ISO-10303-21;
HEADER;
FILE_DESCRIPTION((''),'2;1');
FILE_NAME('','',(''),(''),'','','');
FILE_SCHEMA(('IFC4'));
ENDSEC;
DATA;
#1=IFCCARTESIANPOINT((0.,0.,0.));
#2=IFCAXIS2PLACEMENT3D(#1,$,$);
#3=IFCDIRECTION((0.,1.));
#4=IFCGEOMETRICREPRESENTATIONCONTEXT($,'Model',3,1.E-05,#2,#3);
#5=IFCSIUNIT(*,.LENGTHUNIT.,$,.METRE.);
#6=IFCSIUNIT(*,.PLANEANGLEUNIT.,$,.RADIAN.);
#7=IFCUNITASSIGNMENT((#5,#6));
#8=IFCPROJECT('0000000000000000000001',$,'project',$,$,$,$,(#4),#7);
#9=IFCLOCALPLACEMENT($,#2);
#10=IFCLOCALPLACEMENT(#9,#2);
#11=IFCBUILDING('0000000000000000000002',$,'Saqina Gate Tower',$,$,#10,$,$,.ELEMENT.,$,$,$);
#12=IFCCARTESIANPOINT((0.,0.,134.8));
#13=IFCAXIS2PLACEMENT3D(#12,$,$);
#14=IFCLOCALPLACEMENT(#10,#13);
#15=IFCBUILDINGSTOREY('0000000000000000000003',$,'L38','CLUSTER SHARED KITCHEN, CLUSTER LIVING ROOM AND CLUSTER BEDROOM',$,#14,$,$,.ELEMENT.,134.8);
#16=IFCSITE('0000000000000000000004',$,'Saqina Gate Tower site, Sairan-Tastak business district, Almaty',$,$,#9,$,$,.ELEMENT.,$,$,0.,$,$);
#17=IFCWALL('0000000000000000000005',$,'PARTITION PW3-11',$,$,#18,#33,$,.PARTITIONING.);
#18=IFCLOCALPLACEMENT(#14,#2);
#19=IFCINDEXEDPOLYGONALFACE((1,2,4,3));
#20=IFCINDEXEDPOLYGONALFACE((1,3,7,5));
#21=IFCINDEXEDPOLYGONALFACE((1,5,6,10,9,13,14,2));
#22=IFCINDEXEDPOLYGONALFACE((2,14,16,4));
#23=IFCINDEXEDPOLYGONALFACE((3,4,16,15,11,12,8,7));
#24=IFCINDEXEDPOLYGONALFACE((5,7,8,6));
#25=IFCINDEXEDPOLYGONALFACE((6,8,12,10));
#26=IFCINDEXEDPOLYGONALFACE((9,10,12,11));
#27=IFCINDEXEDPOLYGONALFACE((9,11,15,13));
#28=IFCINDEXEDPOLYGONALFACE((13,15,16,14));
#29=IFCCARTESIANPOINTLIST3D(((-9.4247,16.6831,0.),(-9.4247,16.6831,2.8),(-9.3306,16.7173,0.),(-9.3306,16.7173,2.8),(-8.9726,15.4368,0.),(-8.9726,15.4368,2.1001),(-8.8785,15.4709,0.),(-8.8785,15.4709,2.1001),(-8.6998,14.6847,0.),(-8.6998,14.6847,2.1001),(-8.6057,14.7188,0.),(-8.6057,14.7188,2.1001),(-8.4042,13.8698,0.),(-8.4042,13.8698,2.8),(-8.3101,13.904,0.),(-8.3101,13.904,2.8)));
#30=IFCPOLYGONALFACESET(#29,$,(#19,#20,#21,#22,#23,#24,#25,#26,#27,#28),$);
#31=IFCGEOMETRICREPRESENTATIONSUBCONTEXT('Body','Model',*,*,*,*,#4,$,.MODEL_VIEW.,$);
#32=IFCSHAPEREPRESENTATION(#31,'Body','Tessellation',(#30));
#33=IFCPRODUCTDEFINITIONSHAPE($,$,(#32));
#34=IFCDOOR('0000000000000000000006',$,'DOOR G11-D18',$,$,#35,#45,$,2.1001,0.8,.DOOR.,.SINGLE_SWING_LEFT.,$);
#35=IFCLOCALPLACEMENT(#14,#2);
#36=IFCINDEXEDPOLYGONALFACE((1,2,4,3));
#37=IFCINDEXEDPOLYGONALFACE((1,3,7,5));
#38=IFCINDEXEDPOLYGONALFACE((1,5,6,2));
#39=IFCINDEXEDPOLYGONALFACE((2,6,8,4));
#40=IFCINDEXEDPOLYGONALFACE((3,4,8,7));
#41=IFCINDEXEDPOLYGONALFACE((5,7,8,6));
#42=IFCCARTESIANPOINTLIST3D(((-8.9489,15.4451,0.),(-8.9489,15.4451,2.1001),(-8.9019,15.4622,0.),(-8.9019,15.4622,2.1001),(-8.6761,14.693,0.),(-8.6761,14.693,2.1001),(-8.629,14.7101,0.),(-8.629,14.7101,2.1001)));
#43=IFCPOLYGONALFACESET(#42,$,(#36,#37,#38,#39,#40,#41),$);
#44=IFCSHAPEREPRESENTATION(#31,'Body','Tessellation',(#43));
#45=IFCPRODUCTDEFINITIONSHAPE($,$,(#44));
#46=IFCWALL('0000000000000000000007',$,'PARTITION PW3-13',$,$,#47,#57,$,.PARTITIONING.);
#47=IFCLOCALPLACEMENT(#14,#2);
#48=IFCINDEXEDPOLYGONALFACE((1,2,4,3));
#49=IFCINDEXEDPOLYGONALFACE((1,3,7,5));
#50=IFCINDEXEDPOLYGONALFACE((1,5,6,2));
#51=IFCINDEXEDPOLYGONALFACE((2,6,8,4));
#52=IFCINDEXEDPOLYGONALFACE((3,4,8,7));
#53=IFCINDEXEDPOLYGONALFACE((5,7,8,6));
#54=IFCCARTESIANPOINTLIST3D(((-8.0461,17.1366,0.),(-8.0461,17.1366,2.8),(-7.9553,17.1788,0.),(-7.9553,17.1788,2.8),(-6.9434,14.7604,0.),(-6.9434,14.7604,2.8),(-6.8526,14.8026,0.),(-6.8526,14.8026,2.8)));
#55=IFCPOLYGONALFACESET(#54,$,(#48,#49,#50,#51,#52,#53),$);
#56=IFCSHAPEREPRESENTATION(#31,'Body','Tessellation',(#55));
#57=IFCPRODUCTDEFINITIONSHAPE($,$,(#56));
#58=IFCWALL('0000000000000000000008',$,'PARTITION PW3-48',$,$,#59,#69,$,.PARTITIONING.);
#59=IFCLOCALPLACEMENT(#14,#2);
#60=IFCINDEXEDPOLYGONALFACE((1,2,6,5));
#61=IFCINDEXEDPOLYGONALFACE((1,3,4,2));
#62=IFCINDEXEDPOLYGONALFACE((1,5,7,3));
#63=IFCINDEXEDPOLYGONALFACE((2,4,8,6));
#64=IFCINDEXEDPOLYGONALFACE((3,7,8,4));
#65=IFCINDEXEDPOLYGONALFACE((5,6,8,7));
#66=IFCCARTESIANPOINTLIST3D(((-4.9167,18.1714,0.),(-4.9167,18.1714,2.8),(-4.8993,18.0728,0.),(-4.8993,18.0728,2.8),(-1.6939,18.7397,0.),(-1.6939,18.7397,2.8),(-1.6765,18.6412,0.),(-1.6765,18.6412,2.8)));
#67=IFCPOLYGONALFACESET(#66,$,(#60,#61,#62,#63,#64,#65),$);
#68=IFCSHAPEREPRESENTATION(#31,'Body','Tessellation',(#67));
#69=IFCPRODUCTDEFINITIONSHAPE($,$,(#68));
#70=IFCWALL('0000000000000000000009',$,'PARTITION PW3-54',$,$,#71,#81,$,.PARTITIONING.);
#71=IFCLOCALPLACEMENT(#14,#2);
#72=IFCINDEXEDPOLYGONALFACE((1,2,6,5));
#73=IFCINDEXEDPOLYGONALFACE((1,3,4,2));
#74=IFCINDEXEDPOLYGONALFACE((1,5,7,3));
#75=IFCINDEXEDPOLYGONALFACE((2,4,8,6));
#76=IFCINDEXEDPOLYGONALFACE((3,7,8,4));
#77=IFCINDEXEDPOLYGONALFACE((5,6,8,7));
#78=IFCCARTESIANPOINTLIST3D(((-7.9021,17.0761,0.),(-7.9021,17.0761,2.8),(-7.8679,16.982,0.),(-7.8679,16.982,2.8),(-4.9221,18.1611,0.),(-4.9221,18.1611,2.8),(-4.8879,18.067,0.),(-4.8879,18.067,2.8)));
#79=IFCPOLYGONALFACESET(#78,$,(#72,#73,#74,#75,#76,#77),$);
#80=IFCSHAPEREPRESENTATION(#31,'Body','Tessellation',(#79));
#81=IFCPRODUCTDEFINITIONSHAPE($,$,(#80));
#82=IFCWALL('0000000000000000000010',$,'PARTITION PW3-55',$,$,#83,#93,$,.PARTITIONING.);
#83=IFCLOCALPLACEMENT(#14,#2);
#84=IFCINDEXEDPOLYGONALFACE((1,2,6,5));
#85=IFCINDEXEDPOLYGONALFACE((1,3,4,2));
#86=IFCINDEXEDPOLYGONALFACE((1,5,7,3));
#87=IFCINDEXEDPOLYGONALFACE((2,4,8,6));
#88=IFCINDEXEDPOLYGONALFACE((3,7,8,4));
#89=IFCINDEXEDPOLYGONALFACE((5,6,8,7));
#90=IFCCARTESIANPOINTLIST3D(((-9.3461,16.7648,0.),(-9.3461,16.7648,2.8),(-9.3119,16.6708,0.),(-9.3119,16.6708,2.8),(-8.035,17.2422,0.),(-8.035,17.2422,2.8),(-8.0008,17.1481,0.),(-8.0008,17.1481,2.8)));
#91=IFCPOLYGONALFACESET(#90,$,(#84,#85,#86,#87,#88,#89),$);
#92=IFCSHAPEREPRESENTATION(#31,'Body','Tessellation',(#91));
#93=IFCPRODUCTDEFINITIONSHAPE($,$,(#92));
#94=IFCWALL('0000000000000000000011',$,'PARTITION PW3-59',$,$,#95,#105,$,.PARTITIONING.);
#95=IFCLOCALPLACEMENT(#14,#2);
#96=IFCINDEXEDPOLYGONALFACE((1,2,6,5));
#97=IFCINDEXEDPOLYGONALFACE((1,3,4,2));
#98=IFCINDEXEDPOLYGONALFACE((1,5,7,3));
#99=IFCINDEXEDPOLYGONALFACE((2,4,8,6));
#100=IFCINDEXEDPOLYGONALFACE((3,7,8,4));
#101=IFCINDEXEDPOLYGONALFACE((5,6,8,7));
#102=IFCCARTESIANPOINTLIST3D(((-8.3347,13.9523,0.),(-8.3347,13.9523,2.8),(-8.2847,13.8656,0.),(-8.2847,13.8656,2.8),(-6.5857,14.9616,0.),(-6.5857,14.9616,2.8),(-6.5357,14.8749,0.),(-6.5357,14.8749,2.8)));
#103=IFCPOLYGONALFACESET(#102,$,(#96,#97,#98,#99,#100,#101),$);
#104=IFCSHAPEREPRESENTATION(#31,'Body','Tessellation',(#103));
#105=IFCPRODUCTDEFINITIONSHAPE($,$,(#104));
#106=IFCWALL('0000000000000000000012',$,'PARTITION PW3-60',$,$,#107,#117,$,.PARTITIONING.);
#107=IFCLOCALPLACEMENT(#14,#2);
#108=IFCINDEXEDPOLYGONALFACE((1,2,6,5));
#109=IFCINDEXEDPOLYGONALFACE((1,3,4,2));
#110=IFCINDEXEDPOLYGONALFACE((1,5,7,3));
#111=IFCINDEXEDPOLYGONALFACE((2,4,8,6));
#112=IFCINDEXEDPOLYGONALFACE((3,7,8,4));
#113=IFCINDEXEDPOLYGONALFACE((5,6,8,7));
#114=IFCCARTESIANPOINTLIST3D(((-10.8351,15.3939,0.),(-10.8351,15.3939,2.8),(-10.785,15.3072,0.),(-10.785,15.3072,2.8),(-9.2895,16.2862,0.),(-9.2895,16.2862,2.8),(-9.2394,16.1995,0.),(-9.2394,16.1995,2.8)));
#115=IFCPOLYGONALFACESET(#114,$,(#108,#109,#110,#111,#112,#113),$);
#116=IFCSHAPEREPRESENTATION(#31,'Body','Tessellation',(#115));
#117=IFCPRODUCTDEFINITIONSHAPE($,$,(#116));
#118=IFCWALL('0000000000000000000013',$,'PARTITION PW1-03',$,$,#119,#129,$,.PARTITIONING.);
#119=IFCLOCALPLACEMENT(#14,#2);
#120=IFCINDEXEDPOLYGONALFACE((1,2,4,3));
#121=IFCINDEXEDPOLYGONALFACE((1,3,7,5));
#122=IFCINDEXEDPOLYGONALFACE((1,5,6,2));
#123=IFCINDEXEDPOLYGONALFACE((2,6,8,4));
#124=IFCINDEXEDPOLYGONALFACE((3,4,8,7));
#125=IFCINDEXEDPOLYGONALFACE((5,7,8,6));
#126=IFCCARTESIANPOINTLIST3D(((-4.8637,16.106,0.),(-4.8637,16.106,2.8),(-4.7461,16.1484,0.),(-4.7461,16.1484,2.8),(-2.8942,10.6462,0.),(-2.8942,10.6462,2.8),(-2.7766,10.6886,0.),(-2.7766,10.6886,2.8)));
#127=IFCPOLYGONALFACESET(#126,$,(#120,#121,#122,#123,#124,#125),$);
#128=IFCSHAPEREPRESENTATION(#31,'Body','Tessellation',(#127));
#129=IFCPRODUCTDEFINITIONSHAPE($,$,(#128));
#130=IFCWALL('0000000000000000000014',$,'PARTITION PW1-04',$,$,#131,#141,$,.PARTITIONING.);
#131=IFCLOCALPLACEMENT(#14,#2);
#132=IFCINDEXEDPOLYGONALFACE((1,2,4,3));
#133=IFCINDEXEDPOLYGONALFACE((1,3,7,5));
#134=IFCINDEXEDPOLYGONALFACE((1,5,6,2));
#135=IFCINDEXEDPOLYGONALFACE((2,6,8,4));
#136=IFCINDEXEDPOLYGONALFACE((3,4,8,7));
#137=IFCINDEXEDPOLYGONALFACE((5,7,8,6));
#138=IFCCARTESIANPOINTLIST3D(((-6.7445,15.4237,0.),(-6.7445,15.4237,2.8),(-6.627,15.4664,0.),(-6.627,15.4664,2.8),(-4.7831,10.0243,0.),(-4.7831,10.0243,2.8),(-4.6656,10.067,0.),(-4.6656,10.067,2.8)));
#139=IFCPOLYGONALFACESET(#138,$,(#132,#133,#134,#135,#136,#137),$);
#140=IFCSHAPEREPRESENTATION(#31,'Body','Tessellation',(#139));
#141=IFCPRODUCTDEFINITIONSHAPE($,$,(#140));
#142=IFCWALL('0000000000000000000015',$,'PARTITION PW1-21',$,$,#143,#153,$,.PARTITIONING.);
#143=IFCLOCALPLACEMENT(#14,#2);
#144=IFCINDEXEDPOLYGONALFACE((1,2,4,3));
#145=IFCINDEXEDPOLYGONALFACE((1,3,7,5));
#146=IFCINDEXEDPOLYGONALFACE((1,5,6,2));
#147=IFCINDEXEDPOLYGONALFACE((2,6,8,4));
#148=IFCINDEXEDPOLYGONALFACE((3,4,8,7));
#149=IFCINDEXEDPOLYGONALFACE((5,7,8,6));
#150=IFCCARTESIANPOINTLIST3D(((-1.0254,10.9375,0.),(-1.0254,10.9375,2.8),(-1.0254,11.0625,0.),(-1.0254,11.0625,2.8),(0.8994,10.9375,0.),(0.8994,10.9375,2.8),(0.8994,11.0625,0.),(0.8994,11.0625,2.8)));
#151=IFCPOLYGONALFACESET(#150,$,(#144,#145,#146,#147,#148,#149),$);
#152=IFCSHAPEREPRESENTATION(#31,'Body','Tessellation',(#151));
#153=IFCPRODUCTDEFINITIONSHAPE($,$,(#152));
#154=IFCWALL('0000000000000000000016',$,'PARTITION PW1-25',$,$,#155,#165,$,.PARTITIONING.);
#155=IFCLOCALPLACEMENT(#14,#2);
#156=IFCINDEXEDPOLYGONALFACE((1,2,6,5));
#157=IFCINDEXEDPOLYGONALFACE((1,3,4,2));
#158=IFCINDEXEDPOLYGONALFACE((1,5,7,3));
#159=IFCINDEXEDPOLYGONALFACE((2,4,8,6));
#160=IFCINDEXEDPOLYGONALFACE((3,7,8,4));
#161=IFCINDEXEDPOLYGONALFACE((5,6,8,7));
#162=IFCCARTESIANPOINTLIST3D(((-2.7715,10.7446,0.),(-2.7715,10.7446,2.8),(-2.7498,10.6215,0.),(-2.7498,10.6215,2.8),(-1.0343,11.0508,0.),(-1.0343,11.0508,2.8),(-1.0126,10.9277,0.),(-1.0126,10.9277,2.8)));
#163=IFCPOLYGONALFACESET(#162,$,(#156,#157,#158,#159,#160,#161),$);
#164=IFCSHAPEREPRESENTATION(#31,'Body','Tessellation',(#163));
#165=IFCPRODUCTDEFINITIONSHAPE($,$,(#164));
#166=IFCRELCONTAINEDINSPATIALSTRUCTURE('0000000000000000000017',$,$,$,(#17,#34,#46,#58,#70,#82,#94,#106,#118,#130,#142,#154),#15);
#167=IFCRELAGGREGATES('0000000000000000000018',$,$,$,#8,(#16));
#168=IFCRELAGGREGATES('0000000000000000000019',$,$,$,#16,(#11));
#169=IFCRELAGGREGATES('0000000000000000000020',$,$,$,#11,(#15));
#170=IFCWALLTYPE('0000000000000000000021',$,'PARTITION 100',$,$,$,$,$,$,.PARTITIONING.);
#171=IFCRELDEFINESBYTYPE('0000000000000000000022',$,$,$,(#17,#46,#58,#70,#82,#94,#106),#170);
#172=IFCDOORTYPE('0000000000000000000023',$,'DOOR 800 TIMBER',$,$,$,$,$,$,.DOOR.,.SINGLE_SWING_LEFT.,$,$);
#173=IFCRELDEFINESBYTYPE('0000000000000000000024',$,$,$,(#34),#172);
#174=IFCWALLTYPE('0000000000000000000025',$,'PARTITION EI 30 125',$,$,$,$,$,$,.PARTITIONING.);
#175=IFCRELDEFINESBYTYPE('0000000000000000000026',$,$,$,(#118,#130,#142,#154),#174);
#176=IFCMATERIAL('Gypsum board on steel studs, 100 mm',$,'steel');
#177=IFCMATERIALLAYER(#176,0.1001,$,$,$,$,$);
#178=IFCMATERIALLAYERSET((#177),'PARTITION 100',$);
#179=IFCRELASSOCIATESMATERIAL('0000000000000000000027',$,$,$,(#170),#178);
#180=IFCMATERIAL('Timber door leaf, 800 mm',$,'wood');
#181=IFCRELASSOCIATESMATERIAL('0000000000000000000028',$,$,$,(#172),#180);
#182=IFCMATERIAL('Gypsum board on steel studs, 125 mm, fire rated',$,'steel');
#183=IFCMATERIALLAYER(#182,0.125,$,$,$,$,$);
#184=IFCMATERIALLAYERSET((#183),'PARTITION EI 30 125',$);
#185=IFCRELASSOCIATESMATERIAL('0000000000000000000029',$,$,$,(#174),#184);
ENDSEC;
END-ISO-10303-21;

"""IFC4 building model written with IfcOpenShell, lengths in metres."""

from ifc_helpers import new_model, si_unit, direction, frame, frame_2d, origin, place, context, subcontext, project, spatial, rectangle, extrude, material, layer, layer_set, type_object, element, fill, save


model = new_model("IFC4")

# Units and contexts
model_context = context("Model", 3, precision=1e-05, world=origin(), true_north=direction((0.0, 1.0)))
body_context = subcontext(model_context, "Body", "Model", "MODEL_VIEW")
ifc_project = project(units=[si_unit("LENGTHUNIT", "METRE"), si_unit("PLANEANGLEUNIT", "RADIAN")], contexts=[model_context])

# Site, building, storey
site_placement = place(None, origin())
site = spatial("IfcSite", under=ifc_project, at=site_placement, Name="Saqina Gate Tower site, Sairan-Tastak business district, Almaty", CompositionType="ELEMENT", RefElevation=0.0)
building_placement = place(site_placement, origin())
building = spatial("IfcBuilding", under=site, at=building_placement, Name="Saqina Gate Tower", CompositionType="ELEMENT")
storey_placement = place(building_placement, frame((0.0, 0.0, 134.8)))
storey = spatial("IfcBuildingStorey", under=building, at=storey_placement, Name="L38", Description="CLUSTER SHARED KITCHEN, CLUSTER LIVING ROOM AND CLUSTER BEDROOM", CompositionType="ELEMENT", Elevation=134.8)

# Wall, opening, door
ifc_material_1 = material(Name="Gypsum board on steel studs, 100 mm", Category="steel")
ifc_layer_1 = layer(ifc_material_1, 0.1001)
ifc_layer_set_1 = layer_set([ifc_layer_1], Name="PARTITION 100")
wall_type_1 = type_object("IfcWallType", Name="PARTITION 100", PredefinedType="PARTITIONING", material=ifc_layer_set_1)
wall_1_placement = place(storey_placement, frame((-9.3777, 16.7002, 0.0), z_axis=(0.0, 0.0, 1.0), x_axis=(0.341009, -0.94006, 0.0)))
wall_1 = element("IfcWall", 1, at=wall_1_placement, inside=storey, type_object=wall_type_1, Name="PARTITION PW3-11", PredefinedType="PARTITIONING", context=body_context, shape_type="SweptSolid", body=[
    extrude(rectangle(XDim=2.9927, YDim=0.1001, at=frame_2d((1.4963, 0.0))), origin(), (0.0, 0.0, 1.0), 2.8),
])
opening_1_placement = place(wall_1_placement, frame((1.3259, 0.0, 0.0)))
opening_1 = element("IfcOpeningElement", 2, at=opening_1_placement, cuts=wall_1, PredefinedType="OPENING", context=body_context, shape_type="SweptSolid", body=[
    extrude(rectangle(XDim=0.8, YDim=2.1001, at=frame_2d((0.3999, 1.05))), frame((0.0, 0.062, 0.0), z_axis=(0.0, -1.0, 0.0), x_axis=(1.0, 0.0, 0.0)), (0.0, 0.0, 1.0), 0.124),
])
ifc_material_2 = material(Name="Timber door leaf, 800 mm", Category="wood")
door_type_1 = type_object("IfcDoorType", Name="DOOR 800 TIMBER", OperationType="SINGLE_SWING_LEFT", PredefinedType="DOOR", material=ifc_material_2)
door_1_placement = place(opening_1_placement, frame((0.8, 0.0, 0.0), z_axis=(0.0, 0.0, 1.0), x_axis=(-1.0, 0.0, 0.0)))
door_1 = element("IfcDoor", 3, at=door_1_placement, inside=storey, type_object=door_type_1, Name="DOOR G11-D18", OperationType="SINGLE_SWING_LEFT", OverallHeight=2.1001, OverallWidth=0.8, PredefinedType="DOOR", context=body_context, shape_type="SweptSolid", body=[
    extrude(rectangle(XDim=0.8, YDim=2.1001, at=frame_2d((0.3999, 1.05))), frame((0.0, 0.0249, 0.0), z_axis=(0.0, -1.0, 0.0), x_axis=(1.0, 0.0, 0.0)), (0.0, 0.0, 1.0), 0.05),
])
fill(opening_1, door_1)

# Walls
wall_2_placement = place(storey_placement, frame((-8.0007, 17.1577, 0.0), z_axis=(0.0, 0.0, 1.0), x_axis=(0.420966, -0.907076, 0.0)))
element("IfcWall", 4, at=wall_2_placement, inside=storey, type_object=wall_type_1, Name="PARTITION PW3-13", PredefinedType="PARTITIONING", context=body_context, shape_type="SweptSolid", body=[
    extrude(rectangle(XDim=2.6196, YDim=0.1001, at=frame_2d((1.3098, 0.0))), origin(), (0.0, 0.0, 1.0), 2.8),
])
wall_3_placement = place(storey_placement, frame((-4.908, 18.1221, 0.0), z_axis=(0.0, 0.0, 1.0), x_axis=(0.984802, 0.173683, 0.0)))
element("IfcWall", 5, at=wall_3_placement, inside=storey, type_object=wall_type_1, Name="PARTITION PW3-48", PredefinedType="PARTITIONING", context=body_context, shape_type="SweptSolid", body=[
    extrude(rectangle(XDim=3.2725, YDim=0.1001, at=frame_2d((1.6362, 0.0))), origin(), (0.0, 0.0, 1.0), 2.8),
])
wall_4_placement = place(storey_placement, frame((-7.885, 17.0291, 0.0), z_axis=(0.0, 0.0, 1.0), x_axis=(0.939658, 0.342114, 0.0)))
element("IfcWall", 6, at=wall_4_placement, inside=storey, type_object=wall_type_1, Name="PARTITION PW3-54", PredefinedType="PARTITIONING", context=body_context, shape_type="SweptSolid", body=[
    extrude(rectangle(XDim=3.1714, YDim=0.1001, at=frame_2d((1.5857, 0.0))), origin(), (0.0, 0.0, 1.0), 2.8),
])
wall_5_placement = place(storey_placement, frame((-9.3291, 16.7178, 0.0), z_axis=(0.0, 0.0, 1.0), x_axis=(0.939666, 0.342094, 0.0)))
element("IfcWall", 7, at=wall_5_placement, inside=storey, type_object=wall_type_1, Name="PARTITION PW3-55", PredefinedType="PARTITIONING", context=body_context, shape_type="SweptSolid", body=[
    extrude(rectangle(XDim=1.3953, YDim=0.1001, at=frame_2d((0.6978, 0.0))), origin(), (0.0, 0.0, 1.0), 2.8),
])
wall_6_placement = place(storey_placement, frame((-8.3098, 13.9089, 0.0), z_axis=(0.0, 0.0, 1.0), x_axis=(0.866137, 0.499806, 0.0)))
element("IfcWall", 8, at=wall_6_placement, inside=storey, type_object=wall_type_1, Name="PARTITION PW3-59", PredefinedType="PARTITIONING", context=body_context, shape_type="SweptSolid", body=[
    extrude(rectangle(XDim=2.0193, YDim=0.1001, at=frame_2d((1.0098, 0.0))), origin(), (0.0, 0.0, 1.0), 2.8),
])
wall_7_placement = place(storey_placement, frame((-10.8101, 15.3506, 0.0), z_axis=(0.0, 0.0, 1.0), x_axis=(0.866038, 0.499979, 0.0)))
element("IfcWall", 9, at=wall_7_placement, inside=storey, type_object=wall_type_1, Name="PARTITION PW3-60", PredefinedType="PARTITIONING", context=body_context, shape_type="SweptSolid", body=[
    extrude(rectangle(XDim=1.7847, YDim=0.1001, at=frame_2d((0.8923, 0.0))), origin(), (0.0, 0.0, 1.0), 2.8),
])
ifc_material_3 = material(Name="Gypsum board on steel studs, 125 mm, fire rated", Category="steel")
ifc_layer_2 = layer(ifc_material_3, 0.125)
ifc_layer_set_2 = layer_set([ifc_layer_2], Name="PARTITION EI 30 125")
wall_type_2 = type_object("IfcWallType", Name="PARTITION EI 30 125", PredefinedType="PARTITIONING", material=ifc_layer_set_2)
wall_8_placement = place(storey_placement, frame((-4.8049, 16.1272, 0.0), z_axis=(0.0, 0.0, 1.0), x_axis=(0.339327, -0.940668, 0.0)))
element("IfcWall", 10, at=wall_8_placement, inside=storey, type_object=wall_type_2, Name="PARTITION PW1-03", PredefinedType="PARTITIONING", context=body_context, shape_type="SweptSolid", body=[
    extrude(rectangle(XDim=5.8042, YDim=0.125, at=frame_2d((2.9021, 0.0))), origin(), (0.0, 0.0, 1.0), 2.8),
])
wall_9_placement = place(storey_placement, frame((-6.6858, 15.4451, 0.0), z_axis=(0.0, 0.0, 1.0), x_axis=(0.341436, -0.939905, 0.0)))
element("IfcWall", 11, at=wall_9_placement, inside=storey, type_object=wall_type_2, Name="PARTITION PW1-04", PredefinedType="PARTITIONING", context=body_context, shape_type="SweptSolid", body=[
    extrude(rectangle(XDim=5.7446, YDim=0.125, at=frame_2d((2.8723, 0.0))), origin(), (0.0, 0.0, 1.0), 2.8),
])
wall_10_placement = place(storey_placement, frame((-1.0254, 11.0, 0.0), z_axis=(0.0, 0.0, 1.0), x_axis=(1.0, 0.0, 0.0)))
element("IfcWall", 12, at=wall_10_placement, inside=storey, type_object=wall_type_2, Name="PARTITION PW1-21", PredefinedType="PARTITIONING", context=body_context, shape_type="SweptSolid", body=[
    extrude(rectangle(XDim=1.9248, YDim=0.125, at=frame_2d((0.9624, 0.0))), origin(), (0.0, 0.0, 1.0), 2.8),
])
wall_11_placement = place(storey_placement, frame((-2.7605, 10.6831, 0.0), z_axis=(0.0, 0.0, 1.0), x_axis=(0.984821, 0.173572, 0.0)))
element("IfcWall", 13, at=wall_11_placement, inside=storey, type_object=wall_type_2, Name="PARTITION PW1-25", PredefinedType="PARTITIONING", context=body_context, shape_type="SweptSolid", body=[
    extrude(rectangle(XDim=1.7639, YDim=0.125, at=frame_2d((0.8818, 0.0))), origin(), (0.0, 0.0, 1.0), 2.8),
])

save(model, "model.ifc")
